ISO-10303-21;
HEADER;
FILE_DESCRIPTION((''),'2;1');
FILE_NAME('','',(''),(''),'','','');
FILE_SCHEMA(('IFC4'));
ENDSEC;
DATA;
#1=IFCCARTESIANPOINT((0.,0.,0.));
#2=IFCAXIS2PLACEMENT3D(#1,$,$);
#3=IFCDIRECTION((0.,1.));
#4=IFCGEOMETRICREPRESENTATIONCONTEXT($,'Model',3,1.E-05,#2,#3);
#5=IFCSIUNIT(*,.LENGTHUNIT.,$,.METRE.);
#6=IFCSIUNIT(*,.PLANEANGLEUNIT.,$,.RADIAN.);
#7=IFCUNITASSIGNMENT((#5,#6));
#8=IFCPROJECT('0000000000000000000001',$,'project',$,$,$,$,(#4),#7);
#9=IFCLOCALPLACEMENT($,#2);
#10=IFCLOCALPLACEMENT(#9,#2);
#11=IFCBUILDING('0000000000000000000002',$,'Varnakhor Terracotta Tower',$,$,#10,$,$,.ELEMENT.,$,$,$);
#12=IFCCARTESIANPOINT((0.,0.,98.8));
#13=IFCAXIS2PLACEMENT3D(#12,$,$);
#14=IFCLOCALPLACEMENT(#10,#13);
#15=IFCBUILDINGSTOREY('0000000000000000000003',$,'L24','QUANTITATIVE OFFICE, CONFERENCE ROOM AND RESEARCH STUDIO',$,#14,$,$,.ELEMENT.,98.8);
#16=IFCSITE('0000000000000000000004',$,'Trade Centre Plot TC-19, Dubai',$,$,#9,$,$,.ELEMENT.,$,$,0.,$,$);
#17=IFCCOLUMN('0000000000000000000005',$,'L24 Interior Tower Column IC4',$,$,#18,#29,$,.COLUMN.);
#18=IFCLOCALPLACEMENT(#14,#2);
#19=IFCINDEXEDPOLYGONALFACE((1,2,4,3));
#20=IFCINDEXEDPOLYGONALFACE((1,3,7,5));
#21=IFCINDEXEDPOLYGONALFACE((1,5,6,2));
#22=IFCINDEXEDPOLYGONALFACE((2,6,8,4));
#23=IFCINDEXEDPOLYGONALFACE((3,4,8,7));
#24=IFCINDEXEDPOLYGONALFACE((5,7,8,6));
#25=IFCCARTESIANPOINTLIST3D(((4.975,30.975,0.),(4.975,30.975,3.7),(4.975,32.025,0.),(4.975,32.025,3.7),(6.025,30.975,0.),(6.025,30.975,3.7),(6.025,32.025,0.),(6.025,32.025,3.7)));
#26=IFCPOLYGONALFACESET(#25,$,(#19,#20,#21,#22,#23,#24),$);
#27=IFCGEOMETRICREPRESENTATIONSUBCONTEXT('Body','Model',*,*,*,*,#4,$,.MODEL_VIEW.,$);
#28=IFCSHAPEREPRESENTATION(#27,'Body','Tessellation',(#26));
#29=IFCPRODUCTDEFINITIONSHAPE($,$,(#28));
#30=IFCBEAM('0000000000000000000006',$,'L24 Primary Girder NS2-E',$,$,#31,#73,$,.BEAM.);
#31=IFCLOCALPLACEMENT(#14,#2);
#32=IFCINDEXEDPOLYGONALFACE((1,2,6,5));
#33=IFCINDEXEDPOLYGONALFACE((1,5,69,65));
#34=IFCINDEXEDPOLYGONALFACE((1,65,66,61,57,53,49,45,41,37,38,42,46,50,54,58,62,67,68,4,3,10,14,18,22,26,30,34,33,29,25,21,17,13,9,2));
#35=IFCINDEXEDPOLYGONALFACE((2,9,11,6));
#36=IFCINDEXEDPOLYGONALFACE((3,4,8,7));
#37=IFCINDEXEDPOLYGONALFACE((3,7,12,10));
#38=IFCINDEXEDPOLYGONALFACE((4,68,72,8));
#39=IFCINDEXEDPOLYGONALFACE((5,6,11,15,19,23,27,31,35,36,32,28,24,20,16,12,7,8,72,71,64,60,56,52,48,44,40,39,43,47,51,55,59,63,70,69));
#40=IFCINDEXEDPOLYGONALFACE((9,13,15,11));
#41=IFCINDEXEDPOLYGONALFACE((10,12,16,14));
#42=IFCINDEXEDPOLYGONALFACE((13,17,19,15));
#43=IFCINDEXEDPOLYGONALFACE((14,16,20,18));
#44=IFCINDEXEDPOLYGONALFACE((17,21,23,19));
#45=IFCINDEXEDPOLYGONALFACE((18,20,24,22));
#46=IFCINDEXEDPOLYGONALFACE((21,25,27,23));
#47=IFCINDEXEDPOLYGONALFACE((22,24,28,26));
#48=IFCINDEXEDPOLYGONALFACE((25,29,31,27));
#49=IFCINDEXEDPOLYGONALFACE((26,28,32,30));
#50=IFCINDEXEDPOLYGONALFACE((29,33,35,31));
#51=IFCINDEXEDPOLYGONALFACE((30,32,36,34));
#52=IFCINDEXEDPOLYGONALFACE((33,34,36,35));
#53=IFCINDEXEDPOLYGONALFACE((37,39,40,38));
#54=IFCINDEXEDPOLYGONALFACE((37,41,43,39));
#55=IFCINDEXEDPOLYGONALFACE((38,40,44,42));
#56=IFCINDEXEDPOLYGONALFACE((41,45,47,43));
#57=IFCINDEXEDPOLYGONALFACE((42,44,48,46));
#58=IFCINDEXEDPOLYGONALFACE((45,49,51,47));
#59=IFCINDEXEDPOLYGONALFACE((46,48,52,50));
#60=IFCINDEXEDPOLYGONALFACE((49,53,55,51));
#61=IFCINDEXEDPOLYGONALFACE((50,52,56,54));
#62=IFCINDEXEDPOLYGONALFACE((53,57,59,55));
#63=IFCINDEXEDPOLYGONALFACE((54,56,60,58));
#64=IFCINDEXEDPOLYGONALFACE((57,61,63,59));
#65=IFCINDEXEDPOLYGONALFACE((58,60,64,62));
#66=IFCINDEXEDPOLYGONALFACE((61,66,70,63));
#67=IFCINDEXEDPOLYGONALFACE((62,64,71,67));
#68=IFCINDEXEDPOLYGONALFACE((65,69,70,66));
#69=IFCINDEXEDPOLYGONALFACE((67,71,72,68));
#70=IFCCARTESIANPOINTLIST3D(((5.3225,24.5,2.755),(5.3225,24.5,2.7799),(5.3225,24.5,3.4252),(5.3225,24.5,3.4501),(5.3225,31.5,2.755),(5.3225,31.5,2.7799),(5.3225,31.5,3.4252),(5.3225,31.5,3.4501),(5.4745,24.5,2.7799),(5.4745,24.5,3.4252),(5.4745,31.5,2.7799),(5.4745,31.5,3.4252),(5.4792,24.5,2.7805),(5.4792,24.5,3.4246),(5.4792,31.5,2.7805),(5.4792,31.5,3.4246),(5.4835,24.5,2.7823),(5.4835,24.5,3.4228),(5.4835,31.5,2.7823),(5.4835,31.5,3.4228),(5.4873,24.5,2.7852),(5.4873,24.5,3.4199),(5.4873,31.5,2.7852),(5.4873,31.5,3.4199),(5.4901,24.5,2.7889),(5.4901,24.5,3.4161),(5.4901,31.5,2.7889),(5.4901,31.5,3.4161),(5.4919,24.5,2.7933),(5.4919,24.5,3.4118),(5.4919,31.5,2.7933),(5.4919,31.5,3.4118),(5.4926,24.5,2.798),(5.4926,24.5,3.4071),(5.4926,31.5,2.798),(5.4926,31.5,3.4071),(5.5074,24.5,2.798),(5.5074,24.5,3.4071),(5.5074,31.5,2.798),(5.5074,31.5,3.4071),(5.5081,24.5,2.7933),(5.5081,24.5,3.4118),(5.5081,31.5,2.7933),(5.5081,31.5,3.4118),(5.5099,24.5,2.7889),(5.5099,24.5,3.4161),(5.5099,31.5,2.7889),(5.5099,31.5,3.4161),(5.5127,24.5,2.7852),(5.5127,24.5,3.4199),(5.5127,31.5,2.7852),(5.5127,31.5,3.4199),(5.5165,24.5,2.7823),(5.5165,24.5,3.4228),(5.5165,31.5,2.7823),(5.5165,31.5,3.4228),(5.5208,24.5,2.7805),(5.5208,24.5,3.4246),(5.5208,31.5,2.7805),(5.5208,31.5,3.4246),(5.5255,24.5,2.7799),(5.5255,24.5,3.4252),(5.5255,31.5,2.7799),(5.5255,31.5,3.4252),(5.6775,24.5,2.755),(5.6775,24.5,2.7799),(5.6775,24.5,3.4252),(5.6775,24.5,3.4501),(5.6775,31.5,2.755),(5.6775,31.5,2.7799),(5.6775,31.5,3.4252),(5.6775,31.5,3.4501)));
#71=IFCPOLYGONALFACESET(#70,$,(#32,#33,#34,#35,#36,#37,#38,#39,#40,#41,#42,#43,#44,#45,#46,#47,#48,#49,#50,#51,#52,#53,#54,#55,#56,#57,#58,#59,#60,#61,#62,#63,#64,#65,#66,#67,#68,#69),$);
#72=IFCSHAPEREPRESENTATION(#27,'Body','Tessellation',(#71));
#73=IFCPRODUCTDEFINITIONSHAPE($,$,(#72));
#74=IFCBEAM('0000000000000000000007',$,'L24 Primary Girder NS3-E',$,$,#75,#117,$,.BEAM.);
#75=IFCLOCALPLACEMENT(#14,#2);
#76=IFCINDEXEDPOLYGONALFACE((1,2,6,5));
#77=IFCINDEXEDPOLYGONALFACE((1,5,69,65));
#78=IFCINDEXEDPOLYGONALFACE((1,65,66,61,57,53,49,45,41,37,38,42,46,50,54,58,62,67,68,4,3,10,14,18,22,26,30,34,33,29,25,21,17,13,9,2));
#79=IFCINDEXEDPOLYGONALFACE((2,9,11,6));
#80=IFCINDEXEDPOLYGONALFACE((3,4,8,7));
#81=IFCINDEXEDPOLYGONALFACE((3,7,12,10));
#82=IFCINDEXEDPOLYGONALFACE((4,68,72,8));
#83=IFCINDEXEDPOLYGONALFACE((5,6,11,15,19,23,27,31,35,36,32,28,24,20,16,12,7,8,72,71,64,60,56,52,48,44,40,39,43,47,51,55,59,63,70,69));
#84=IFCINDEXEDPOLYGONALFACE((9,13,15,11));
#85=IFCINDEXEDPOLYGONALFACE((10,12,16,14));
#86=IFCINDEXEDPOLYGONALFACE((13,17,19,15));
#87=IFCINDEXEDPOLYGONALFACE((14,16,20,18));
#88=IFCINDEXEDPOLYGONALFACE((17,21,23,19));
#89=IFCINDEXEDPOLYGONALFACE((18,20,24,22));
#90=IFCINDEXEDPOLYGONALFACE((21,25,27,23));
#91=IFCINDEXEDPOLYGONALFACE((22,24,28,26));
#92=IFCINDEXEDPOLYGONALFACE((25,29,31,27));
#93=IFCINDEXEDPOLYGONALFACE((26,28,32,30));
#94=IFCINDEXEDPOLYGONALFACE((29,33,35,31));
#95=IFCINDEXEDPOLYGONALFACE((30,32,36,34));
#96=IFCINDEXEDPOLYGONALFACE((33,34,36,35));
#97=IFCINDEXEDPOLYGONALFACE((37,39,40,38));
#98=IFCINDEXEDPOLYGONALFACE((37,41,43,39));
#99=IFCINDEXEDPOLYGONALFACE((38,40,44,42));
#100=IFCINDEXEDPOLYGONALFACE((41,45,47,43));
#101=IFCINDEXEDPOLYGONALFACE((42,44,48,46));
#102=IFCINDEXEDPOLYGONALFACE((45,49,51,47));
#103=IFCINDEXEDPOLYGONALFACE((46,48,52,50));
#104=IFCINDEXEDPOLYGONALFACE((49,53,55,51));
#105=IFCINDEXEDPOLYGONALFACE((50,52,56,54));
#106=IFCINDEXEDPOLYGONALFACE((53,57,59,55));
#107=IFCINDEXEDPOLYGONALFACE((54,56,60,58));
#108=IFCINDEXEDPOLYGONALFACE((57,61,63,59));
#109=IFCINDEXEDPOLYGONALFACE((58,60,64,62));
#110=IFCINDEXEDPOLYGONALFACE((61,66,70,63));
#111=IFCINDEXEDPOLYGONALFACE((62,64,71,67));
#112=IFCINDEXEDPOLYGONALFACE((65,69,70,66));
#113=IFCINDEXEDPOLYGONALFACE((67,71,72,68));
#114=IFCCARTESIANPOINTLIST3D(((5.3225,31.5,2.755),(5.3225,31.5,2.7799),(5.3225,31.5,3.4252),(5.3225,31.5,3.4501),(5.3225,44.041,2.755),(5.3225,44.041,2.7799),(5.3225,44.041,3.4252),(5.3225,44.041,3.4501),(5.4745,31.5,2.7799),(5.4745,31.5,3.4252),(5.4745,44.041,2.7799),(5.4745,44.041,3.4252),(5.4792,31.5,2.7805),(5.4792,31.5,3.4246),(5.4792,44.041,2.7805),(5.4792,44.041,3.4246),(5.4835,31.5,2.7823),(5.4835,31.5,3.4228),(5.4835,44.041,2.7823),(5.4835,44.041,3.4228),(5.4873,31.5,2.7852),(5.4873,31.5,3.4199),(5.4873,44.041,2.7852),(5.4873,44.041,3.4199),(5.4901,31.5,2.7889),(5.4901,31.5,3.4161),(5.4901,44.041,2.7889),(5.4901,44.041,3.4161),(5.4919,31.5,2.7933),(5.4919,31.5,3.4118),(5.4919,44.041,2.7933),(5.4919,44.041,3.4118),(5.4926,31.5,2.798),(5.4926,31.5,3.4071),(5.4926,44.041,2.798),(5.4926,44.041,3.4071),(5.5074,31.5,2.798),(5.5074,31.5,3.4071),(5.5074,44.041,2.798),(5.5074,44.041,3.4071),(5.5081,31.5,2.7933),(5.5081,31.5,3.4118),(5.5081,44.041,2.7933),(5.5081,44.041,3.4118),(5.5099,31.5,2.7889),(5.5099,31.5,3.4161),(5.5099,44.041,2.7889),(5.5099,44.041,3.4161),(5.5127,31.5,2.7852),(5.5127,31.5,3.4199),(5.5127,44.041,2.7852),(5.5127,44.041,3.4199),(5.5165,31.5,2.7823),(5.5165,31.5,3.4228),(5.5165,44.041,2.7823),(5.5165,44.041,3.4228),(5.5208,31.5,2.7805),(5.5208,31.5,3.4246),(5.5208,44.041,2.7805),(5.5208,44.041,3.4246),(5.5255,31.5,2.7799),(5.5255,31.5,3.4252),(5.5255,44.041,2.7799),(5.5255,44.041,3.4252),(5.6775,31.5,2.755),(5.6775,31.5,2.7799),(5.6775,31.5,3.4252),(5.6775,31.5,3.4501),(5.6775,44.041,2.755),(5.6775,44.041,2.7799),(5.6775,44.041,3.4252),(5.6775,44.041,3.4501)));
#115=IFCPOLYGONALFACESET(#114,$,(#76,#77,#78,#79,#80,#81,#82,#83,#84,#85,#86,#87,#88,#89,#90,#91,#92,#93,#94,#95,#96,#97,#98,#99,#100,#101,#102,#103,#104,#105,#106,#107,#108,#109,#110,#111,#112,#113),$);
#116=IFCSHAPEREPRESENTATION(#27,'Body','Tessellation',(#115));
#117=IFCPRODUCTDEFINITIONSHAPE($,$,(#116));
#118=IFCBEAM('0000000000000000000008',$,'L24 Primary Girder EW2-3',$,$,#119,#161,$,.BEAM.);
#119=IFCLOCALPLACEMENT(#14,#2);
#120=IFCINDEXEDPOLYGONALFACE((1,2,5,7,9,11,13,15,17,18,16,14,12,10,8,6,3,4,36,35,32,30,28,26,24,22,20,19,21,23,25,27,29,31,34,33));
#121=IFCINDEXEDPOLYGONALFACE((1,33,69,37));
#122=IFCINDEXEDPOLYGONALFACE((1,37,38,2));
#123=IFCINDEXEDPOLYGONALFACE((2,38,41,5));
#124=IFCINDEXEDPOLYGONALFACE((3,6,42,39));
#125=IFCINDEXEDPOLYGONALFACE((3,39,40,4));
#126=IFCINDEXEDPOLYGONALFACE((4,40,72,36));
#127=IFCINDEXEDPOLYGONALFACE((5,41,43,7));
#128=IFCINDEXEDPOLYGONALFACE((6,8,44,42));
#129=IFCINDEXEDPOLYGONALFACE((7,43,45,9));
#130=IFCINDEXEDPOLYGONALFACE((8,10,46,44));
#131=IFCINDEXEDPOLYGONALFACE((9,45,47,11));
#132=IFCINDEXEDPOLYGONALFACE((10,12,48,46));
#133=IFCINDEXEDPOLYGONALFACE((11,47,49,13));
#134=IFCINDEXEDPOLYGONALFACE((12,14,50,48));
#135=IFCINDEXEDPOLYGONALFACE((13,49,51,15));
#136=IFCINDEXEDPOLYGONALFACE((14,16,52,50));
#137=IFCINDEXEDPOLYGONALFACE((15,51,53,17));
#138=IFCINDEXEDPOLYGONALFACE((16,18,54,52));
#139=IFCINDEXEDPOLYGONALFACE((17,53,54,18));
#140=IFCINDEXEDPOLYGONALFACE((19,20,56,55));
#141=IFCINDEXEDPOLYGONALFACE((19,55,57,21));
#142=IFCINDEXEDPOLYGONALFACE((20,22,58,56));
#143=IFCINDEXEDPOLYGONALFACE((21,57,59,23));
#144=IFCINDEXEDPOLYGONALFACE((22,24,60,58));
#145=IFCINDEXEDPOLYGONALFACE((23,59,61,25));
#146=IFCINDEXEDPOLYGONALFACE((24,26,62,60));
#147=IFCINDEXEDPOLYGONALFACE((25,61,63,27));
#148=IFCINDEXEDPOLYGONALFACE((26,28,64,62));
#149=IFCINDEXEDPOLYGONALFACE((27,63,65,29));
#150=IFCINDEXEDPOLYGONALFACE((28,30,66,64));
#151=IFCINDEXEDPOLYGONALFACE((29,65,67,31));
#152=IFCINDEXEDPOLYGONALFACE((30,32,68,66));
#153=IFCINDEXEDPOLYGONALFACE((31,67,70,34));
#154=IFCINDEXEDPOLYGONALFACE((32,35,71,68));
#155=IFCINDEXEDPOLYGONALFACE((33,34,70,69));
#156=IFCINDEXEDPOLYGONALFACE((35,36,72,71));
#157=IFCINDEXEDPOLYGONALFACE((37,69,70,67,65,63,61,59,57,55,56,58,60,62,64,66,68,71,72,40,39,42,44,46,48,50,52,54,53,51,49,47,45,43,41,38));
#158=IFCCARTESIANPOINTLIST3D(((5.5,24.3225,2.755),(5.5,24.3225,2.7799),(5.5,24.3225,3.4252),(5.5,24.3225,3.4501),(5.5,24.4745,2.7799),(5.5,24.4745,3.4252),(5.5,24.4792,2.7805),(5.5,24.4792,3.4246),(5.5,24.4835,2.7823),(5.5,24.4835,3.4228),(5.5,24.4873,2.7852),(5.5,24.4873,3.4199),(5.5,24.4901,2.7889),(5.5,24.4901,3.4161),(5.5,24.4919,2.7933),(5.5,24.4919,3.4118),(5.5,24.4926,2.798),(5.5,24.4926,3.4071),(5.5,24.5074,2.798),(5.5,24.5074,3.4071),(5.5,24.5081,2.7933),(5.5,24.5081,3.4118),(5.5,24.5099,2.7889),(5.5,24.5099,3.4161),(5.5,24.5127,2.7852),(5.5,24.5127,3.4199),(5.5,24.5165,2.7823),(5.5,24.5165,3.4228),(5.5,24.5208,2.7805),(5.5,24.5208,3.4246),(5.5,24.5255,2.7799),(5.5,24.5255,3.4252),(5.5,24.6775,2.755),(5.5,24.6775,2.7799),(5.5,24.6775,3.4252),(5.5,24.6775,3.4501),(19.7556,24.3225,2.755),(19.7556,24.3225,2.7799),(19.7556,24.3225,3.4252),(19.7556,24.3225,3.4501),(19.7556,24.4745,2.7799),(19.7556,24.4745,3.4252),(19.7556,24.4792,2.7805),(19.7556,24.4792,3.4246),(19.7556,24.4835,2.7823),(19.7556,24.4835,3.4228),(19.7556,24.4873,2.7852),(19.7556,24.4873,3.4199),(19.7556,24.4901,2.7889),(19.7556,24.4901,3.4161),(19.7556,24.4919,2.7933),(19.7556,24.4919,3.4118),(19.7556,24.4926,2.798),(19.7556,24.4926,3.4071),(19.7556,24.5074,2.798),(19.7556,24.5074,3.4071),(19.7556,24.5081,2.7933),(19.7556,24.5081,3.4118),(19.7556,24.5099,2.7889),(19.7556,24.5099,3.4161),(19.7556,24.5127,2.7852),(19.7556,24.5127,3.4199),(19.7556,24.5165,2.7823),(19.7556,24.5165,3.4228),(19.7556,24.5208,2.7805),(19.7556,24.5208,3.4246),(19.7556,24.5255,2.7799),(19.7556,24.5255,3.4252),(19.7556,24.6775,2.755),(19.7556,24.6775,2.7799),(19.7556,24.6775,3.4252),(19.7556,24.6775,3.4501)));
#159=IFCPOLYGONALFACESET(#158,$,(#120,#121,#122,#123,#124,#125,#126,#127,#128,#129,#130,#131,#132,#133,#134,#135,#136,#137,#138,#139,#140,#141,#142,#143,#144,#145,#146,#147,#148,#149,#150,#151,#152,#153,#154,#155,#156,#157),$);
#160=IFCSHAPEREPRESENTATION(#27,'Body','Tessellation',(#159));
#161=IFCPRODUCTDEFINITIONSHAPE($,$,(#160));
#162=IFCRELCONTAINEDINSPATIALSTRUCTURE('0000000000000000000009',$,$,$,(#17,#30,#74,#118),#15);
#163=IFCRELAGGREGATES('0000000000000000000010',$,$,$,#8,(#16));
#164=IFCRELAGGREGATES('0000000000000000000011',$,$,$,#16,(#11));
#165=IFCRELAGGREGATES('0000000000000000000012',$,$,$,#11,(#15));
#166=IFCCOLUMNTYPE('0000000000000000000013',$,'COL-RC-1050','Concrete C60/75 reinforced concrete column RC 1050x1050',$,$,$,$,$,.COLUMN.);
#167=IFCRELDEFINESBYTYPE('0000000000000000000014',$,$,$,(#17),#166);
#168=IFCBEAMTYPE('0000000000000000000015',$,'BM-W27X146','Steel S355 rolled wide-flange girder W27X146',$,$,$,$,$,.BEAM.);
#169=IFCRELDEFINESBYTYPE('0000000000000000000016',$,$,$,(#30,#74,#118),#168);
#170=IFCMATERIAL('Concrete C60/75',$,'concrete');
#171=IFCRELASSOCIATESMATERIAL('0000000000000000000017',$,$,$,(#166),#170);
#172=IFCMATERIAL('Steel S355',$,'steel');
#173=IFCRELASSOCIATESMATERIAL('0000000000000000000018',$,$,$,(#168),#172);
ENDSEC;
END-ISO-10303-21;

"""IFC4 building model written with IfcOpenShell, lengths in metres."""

from ifc_helpers import new_model, si_unit, direction, frame, origin, origin_2d, place, context, subcontext, project, spatial, rectangle, i_section, extrude, source, transform, mapped, material, material_profile, profile_set, type_object, element, save


model = new_model("IFC4")

# Units and contexts
model_context = context("Model", 3, precision=1e-05, world=origin(), true_north=direction((0.0, 1.0)))
body_context = subcontext(model_context, "Body", "Model", "MODEL_VIEW")
ifc_project = project(units=[si_unit("LENGTHUNIT", "METRE"), si_unit("PLANEANGLEUNIT", "RADIAN")], contexts=[model_context])

# Site, building, storey
site_placement = place(None, origin())
site = spatial("IfcSite", under=ifc_project, at=site_placement, Name="Trade Centre Plot TC-19, Dubai", CompositionType="ELEMENT", RefElevation=0.0)
building_placement = place(site_placement, origin())
building = spatial("IfcBuilding", under=site, at=building_placement, Name="Varnakhor Terracotta Tower", CompositionType="ELEMENT")
storey_placement = place(building_placement, frame((0.0, 0.0, 98.8)))
storey = spatial("IfcBuildingStorey", under=building, at=storey_placement, Name="L24", Description="QUANTITATIVE OFFICE, CONFERENCE ROOM AND RESEARCH STUDIO", CompositionType="ELEMENT", Elevation=98.8)

# Column
ifc_material_1 = material(Name="Concrete C60/75", Category="concrete")
ifc_material_profile_1 = material_profile(ifc_material_1, rectangle(XDim=1.05, YDim=1.05, at=origin_2d()), Name="RC 1050x1050")
ifc_profile_set_1 = profile_set([ifc_material_profile_1], Name="Concrete C60/75")
column_type = type_object("IfcColumnType", Name="COL-RC-1050", Description="Concrete C60/75 reinforced concrete column RC 1050x1050", PredefinedType="COLUMN", material=ifc_profile_set_1)
shared_shape_1 = source(origin(), body_context, "Body", "SweptSolid", [
    extrude(rectangle(XDim=1.05, YDim=1.05, at=origin_2d()), origin(), (0.0, 0.0, 1.0), 3.7),
])
column_placement = place(storey_placement, frame((5.5, 31.5, 0.0), z_axis=(0.0, 0.0, 1.0), x_axis=(1.0, 0.0, 0.0)))
element("IfcColumn", 1, at=column_placement, inside=storey, type_object=column_type, Name="L24 Interior Tower Column IC4", PredefinedType="COLUMN", context=body_context, shape_type="MappedRepresentation", body=[
    mapped(shared_shape_1, transform((0.0, 0.0, 0.0), scale=1.0)),
])

# Beams
ifc_material_2 = material(Name="Steel S355", Category="steel")
ifc_material_profile_2 = material_profile(ifc_material_2, i_section(OverallWidth=0.355, OverallDepth=0.6951, WebThickness=0.0149, FlangeThickness=0.0249, FilletRadius=0.0181, at=origin_2d()), Name="W27X146")
ifc_profile_set_2 = profile_set([ifc_material_profile_2], Name="Steel S355")
beam_type_1 = type_object("IfcBeamType", Name="BM-W27X146", Description="Steel S355 rolled wide-flange girder W27X146", PredefinedType="BEAM", material=ifc_profile_set_2)
shared_shape_2 = source(origin(), body_context, "Body", "SweptSolid", [
    extrude(i_section(OverallWidth=0.355, OverallDepth=0.6951, WebThickness=0.0149, FlangeThickness=0.0249, FilletRadius=0.0181, at=origin_2d()), origin(), (0.0, 0.0, 1.0), 7.0),
])
beam_1_placement = place(storey_placement, frame((5.5, 24.5, 3.1025), z_axis=(0.0, 1.0, 0.0), x_axis=(-1.0, 0.0, 0.0)))
element("IfcBeam", 2, at=beam_1_placement, inside=storey, type_object=beam_type_1, Name="L24 Primary Girder NS2-E", PredefinedType="BEAM", context=body_context, shape_type="MappedRepresentation", body=[
    mapped(shared_shape_2, transform((0.0, 0.0, 0.0), scale=1.0)),
])
shared_shape_3 = source(origin(), body_context, "Body", "SweptSolid", [
    extrude(i_section(OverallWidth=0.355, OverallDepth=0.6951, WebThickness=0.0149, FlangeThickness=0.0249, FilletRadius=0.0181, at=origin_2d()), origin(), (0.0, 0.0, 1.0), 12.541),
])
beam_2_placement = place(storey_placement, frame((5.5, 31.5, 3.1025), z_axis=(0.0, 1.0, 0.0), x_axis=(-1.0, 0.0, 0.0)))
element("IfcBeam", 3, at=beam_2_placement, inside=storey, type_object=beam_type_1, Name="L24 Primary Girder NS3-E", PredefinedType="BEAM", context=body_context, shape_type="MappedRepresentation", body=[
    mapped(shared_shape_3, transform((0.0, 0.0, 0.0), scale=1.0)),
])
shared_shape_4 = source(origin(), body_context, "Body", "SweptSolid", [
    extrude(i_section(OverallWidth=0.355, OverallDepth=0.6951, WebThickness=0.0149, FlangeThickness=0.0249, FilletRadius=0.0181, at=origin_2d()), origin(), (0.0, 0.0, 1.0), 14.2556),
])
beam_3_placement = place(storey_placement, frame((5.5, 24.5, 3.1025), z_axis=(1.0, 0.0, 0.0), x_axis=(0.0, 1.0, 0.0)))
element("IfcBeam", 4, at=beam_3_placement, inside=storey, type_object=beam_type_1, Name="L24 Primary Girder EW2-3", PredefinedType="BEAM", context=body_context, shape_type="MappedRepresentation", body=[
    mapped(shared_shape_4, transform((0.0, 0.0, 0.0), scale=1.0)),
])

save(model, "model.ifc")
